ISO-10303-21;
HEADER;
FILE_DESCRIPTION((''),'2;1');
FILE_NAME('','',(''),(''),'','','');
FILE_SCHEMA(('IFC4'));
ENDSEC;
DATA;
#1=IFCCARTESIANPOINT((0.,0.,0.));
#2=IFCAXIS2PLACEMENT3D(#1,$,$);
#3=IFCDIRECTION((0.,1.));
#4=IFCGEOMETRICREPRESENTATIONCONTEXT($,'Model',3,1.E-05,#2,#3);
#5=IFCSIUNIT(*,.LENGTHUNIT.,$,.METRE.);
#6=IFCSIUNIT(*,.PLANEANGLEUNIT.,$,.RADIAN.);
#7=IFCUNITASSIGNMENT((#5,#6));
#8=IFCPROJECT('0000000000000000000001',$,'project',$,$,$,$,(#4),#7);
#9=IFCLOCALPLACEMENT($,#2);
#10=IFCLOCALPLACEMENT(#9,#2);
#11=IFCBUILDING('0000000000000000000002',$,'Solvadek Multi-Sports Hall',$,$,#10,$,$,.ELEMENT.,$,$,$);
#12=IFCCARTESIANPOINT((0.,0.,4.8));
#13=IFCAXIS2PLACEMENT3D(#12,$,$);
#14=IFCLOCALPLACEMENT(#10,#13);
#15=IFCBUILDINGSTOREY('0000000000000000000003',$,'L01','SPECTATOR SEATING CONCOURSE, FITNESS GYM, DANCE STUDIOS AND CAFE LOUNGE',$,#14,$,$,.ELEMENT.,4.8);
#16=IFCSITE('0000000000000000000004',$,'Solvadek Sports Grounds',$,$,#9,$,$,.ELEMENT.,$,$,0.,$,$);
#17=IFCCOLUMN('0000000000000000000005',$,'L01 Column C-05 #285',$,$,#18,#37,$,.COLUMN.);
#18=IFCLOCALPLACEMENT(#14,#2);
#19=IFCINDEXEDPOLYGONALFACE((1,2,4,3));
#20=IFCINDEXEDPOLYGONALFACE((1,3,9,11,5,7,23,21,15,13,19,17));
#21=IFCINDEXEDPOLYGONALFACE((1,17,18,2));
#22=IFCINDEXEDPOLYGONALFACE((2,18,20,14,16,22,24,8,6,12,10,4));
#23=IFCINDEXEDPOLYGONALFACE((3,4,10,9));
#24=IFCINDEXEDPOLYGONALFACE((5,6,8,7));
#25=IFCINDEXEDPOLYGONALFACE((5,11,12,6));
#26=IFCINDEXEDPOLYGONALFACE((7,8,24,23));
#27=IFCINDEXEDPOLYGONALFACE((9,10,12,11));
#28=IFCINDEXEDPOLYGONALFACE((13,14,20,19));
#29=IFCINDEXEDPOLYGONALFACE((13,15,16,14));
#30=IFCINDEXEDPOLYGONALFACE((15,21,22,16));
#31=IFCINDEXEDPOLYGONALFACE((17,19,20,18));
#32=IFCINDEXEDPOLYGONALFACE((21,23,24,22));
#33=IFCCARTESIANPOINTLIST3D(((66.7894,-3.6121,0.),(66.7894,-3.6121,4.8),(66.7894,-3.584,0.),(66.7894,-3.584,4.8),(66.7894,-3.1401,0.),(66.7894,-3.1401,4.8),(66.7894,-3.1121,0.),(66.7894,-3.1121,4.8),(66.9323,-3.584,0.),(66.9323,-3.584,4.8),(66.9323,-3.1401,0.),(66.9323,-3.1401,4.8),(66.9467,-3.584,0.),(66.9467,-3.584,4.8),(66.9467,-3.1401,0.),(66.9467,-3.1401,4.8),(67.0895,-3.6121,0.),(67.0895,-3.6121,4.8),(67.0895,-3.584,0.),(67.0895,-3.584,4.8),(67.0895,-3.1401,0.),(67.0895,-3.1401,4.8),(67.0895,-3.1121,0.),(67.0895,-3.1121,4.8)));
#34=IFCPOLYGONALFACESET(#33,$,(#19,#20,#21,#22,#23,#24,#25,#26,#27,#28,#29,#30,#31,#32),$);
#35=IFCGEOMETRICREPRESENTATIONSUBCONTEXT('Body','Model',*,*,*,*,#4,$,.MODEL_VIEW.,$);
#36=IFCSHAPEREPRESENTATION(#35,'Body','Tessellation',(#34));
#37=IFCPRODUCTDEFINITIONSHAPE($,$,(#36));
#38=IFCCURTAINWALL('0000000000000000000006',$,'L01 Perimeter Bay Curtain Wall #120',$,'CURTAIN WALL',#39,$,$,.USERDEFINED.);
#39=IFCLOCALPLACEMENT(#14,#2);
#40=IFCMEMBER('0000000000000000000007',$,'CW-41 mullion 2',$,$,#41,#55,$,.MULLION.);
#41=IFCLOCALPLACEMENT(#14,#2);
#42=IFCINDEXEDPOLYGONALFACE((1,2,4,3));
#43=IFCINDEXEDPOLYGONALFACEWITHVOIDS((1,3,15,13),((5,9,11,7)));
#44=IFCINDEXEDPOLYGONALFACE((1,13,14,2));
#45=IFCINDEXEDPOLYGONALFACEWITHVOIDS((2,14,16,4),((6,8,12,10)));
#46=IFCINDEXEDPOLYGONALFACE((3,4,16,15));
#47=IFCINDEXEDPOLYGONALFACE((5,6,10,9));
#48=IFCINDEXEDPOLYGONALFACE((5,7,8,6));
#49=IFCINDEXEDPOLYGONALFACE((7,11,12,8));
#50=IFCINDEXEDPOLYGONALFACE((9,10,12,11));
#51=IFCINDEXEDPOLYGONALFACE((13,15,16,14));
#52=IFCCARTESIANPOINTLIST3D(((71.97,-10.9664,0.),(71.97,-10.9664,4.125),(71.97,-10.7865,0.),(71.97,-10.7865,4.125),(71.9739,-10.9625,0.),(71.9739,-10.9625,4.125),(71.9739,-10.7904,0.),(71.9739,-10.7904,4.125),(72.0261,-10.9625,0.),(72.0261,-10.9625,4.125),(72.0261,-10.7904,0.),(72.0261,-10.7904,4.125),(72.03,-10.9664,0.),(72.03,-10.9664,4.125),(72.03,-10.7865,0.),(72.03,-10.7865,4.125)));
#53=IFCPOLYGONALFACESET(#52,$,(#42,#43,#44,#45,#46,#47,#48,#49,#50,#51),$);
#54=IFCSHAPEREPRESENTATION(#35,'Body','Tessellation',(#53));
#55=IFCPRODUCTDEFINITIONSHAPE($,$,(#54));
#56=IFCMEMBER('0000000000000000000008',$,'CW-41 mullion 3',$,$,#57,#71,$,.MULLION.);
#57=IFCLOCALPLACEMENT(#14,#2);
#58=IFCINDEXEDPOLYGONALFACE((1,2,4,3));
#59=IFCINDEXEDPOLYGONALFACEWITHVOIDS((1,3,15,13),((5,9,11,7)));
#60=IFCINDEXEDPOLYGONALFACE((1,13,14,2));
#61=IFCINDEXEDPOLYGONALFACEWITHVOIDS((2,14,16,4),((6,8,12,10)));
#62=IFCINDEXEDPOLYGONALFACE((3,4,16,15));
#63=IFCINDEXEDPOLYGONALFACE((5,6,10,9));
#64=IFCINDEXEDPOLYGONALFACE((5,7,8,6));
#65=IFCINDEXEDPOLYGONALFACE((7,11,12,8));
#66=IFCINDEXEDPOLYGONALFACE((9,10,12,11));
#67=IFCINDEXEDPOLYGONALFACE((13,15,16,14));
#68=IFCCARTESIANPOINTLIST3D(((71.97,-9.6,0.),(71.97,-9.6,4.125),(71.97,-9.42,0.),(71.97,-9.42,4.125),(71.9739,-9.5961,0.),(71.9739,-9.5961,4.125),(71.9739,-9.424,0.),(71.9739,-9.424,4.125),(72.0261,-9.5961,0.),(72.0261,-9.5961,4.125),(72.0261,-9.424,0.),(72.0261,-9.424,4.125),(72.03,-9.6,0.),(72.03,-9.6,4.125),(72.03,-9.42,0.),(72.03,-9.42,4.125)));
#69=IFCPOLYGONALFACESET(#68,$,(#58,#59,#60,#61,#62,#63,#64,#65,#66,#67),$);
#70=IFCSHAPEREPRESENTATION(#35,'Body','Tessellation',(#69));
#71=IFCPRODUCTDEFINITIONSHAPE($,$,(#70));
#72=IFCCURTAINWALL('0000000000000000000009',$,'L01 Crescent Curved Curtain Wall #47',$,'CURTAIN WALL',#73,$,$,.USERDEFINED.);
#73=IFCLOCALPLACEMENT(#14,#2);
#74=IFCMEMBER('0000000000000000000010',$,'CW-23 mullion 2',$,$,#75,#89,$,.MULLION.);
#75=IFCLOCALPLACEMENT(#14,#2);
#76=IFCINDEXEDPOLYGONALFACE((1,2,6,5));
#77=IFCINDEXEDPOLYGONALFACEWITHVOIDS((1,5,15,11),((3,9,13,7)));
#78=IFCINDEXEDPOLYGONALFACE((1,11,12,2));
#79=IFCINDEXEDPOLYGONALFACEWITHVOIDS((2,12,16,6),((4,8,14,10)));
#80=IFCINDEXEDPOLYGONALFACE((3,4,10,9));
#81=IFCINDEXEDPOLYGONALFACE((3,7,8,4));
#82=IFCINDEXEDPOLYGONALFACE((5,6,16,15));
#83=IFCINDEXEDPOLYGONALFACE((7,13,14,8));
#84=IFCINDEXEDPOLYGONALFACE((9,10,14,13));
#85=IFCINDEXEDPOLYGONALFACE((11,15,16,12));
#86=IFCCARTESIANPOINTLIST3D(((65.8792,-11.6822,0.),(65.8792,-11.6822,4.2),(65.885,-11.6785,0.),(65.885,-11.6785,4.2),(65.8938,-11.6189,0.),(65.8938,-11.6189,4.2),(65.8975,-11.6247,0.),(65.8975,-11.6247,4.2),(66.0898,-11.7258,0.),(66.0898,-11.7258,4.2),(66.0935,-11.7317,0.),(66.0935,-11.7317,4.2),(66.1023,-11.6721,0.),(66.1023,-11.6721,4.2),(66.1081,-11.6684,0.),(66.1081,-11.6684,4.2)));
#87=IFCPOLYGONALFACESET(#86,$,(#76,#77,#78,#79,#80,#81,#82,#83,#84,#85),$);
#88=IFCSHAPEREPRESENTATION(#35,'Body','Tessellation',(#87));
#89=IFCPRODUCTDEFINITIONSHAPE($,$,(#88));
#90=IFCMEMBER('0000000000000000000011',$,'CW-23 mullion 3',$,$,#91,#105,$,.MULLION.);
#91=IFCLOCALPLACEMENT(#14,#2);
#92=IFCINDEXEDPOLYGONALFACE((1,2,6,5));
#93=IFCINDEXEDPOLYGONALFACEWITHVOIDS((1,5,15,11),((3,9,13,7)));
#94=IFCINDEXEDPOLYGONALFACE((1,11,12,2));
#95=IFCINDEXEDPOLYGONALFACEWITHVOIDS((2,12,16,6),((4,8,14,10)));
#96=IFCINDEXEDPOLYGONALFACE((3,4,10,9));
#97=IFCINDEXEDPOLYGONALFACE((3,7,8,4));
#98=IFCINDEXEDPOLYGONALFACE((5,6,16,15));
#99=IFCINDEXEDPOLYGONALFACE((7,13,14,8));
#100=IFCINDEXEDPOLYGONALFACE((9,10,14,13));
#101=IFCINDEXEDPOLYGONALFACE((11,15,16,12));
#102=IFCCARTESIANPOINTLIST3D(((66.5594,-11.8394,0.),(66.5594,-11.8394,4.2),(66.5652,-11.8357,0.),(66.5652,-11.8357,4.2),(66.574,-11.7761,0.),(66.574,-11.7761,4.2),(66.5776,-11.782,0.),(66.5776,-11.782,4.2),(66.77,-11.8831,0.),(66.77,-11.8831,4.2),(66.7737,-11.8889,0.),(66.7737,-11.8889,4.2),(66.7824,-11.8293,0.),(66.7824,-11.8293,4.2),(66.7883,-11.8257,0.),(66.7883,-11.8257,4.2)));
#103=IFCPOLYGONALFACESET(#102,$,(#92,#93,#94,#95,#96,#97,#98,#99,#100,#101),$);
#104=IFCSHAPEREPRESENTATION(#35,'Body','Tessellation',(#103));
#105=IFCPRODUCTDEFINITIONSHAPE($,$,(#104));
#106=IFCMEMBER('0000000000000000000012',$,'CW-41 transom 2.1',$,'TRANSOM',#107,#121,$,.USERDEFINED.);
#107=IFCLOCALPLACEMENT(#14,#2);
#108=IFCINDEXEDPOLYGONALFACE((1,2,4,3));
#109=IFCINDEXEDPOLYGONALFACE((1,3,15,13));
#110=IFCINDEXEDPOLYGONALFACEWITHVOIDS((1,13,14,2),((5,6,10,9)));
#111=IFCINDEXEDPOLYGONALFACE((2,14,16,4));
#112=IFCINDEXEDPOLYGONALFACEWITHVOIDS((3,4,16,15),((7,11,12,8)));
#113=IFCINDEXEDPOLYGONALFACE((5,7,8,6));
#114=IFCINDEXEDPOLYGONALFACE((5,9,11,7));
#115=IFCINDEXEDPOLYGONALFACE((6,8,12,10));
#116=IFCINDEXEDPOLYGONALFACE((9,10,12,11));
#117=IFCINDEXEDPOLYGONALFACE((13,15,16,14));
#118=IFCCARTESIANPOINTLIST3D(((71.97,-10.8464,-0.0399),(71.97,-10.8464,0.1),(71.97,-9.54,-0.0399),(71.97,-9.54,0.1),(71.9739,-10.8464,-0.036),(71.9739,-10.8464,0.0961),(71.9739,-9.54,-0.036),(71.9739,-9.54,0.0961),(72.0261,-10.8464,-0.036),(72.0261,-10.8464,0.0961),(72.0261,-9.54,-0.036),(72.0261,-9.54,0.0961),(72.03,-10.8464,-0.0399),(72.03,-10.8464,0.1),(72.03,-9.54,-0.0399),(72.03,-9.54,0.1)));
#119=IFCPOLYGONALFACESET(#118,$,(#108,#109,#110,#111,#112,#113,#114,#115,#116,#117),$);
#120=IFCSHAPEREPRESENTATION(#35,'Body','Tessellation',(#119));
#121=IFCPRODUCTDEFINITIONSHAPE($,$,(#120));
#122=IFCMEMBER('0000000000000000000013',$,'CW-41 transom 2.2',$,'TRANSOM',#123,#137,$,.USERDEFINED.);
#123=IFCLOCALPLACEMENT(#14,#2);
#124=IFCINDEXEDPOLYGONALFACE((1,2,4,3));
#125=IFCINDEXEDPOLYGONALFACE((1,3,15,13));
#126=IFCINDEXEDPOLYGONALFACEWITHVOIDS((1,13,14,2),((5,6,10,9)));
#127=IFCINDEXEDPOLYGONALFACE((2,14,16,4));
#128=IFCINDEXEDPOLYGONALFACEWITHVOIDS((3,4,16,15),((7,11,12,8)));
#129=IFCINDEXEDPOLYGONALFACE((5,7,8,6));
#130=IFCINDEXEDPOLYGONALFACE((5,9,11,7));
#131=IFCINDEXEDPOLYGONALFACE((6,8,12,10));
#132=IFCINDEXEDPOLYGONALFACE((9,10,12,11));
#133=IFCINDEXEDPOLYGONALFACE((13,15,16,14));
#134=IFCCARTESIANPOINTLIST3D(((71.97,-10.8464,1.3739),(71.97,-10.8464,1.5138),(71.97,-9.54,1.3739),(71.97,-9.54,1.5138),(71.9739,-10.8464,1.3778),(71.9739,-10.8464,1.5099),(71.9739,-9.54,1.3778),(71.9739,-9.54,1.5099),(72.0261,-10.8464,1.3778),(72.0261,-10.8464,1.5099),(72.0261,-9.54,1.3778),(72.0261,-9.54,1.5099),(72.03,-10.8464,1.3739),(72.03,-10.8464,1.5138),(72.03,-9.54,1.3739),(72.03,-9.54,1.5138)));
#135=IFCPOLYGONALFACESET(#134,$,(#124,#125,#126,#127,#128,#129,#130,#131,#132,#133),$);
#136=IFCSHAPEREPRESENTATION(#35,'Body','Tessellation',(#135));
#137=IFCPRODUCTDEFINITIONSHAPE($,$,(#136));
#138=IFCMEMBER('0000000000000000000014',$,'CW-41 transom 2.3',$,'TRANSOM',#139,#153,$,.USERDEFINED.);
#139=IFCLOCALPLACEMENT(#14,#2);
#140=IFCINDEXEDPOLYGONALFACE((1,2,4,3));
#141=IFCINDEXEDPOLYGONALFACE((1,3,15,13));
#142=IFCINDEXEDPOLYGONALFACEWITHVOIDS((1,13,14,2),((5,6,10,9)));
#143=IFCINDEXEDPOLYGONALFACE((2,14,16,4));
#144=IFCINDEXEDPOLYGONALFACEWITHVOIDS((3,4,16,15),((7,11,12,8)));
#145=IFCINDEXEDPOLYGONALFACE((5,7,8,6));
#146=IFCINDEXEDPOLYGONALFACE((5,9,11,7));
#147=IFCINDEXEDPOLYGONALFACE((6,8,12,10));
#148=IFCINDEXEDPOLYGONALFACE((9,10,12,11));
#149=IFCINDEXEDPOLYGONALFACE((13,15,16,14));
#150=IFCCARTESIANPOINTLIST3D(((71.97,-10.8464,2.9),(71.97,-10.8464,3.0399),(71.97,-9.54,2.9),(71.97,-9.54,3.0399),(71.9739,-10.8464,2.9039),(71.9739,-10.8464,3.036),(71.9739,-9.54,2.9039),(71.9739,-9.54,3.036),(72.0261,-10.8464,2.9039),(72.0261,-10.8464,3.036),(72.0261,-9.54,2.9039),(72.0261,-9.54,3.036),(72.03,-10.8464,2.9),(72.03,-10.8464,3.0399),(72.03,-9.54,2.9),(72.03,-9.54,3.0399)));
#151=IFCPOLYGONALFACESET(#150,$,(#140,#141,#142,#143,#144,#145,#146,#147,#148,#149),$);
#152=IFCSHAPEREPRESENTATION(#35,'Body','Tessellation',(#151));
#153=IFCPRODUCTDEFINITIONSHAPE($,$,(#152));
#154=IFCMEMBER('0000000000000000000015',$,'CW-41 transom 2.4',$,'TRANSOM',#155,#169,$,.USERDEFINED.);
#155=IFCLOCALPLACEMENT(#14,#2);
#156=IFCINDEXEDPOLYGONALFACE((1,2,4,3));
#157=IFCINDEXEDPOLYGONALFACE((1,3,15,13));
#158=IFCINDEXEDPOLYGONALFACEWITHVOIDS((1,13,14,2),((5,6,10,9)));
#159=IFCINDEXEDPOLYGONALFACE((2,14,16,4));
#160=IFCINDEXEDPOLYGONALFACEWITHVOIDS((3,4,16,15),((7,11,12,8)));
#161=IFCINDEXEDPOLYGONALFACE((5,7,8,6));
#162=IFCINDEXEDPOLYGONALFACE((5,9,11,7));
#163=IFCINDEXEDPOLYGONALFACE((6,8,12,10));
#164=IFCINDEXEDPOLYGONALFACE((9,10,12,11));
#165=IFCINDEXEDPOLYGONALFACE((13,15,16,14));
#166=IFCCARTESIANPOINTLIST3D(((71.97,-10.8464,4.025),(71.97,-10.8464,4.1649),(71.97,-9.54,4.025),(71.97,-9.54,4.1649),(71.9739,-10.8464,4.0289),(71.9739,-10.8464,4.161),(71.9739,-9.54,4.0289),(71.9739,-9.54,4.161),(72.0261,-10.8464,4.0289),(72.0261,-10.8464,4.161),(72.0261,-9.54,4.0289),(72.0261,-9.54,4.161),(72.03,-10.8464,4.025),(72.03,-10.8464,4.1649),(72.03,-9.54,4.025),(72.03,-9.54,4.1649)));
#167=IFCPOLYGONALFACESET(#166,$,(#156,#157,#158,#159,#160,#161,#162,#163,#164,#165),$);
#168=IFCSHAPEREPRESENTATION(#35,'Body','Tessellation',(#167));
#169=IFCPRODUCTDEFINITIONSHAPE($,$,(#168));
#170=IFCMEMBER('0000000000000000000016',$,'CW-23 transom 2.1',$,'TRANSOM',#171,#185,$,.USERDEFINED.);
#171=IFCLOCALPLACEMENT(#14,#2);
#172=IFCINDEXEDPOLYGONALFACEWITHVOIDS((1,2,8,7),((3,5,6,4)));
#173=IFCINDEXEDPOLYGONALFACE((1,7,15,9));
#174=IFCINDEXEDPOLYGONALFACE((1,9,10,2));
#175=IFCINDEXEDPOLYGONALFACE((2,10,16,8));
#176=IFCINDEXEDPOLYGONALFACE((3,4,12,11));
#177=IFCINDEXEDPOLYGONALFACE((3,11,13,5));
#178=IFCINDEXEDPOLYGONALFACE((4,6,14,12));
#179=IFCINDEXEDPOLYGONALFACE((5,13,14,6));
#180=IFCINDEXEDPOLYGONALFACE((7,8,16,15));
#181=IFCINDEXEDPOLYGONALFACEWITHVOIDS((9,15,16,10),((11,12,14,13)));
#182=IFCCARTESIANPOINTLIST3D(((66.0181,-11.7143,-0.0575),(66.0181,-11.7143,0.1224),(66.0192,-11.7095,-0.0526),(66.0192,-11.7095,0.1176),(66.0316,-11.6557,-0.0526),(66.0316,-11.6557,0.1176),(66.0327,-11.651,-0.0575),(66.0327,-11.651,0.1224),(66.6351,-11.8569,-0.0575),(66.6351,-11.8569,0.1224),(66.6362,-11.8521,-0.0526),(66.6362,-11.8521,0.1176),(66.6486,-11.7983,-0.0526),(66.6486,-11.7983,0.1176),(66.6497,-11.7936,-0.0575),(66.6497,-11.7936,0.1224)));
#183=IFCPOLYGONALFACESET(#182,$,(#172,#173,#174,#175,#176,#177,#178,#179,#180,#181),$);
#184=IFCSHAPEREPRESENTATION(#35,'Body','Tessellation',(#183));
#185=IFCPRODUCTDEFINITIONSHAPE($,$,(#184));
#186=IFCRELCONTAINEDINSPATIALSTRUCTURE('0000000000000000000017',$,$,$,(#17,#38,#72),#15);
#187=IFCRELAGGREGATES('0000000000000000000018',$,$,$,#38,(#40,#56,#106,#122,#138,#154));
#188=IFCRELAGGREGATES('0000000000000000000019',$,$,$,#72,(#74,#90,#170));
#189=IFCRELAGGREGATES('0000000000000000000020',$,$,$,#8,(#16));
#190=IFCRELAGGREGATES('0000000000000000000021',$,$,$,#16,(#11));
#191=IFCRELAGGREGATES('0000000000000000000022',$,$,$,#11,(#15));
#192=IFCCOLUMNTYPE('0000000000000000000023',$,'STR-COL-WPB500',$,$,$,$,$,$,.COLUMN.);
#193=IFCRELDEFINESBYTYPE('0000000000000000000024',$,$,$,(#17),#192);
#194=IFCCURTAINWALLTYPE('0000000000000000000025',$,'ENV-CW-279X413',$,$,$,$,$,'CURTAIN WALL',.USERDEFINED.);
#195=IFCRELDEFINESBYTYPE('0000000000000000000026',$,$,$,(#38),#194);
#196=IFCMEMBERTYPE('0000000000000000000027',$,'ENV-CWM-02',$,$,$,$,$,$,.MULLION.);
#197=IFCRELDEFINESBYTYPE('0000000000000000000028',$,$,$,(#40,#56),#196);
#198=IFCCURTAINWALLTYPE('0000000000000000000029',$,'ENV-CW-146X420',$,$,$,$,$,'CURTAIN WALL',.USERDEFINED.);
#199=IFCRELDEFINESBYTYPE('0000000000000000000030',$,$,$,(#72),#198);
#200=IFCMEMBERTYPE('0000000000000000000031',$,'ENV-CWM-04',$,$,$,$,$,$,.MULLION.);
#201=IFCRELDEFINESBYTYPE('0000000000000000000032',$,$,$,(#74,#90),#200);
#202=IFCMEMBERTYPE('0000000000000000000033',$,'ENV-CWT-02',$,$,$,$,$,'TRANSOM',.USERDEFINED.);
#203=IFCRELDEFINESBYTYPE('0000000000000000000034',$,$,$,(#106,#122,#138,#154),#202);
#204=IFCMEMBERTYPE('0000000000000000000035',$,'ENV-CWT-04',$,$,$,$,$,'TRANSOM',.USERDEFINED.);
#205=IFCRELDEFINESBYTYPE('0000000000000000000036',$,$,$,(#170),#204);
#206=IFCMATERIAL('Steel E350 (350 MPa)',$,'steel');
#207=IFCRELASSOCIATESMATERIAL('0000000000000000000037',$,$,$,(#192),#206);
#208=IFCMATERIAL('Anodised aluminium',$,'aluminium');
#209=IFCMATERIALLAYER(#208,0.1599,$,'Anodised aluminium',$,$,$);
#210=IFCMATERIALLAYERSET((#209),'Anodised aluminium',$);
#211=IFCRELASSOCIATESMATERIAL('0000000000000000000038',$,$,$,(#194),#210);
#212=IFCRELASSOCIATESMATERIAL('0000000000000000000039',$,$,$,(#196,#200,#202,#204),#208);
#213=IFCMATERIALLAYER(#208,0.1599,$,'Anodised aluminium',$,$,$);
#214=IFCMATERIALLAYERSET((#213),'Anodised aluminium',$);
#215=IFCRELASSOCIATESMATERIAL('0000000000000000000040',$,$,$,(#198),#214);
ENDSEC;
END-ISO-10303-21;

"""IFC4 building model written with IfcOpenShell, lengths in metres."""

from ifc_helpers import new_model, si_unit, direction, frame, origin, origin_2d, place, context, subcontext, project, spatial, hollow_rectangle, i_section, extrude, material, layer, layer_set, material_profile, profile_set, type_object, element, aggregate, save


model = new_model("IFC4")

# Units and contexts
model_context = context("Model", 3, precision=1e-05, world=origin(), true_north=direction((0.0, 1.0)))
body_context = subcontext(model_context, "Body", "Model", "MODEL_VIEW")
ifc_project = project(units=[si_unit("LENGTHUNIT", "METRE"), si_unit("PLANEANGLEUNIT", "RADIAN")], contexts=[model_context])

# Site, building, storey
site_placement = place(None, origin())
site = spatial("IfcSite", under=ifc_project, at=site_placement, Name="Solvadek Sports Grounds", CompositionType="ELEMENT", RefElevation=0.0)
building_placement = place(site_placement, origin())
building = spatial("IfcBuilding", under=site, at=building_placement, Name="Solvadek Multi-Sports Hall", CompositionType="ELEMENT")
storey_placement = place(building_placement, frame((0.0, 0.0, 4.8)))
storey = spatial("IfcBuildingStorey", under=building, at=storey_placement, Name="L01", Description="SPECTATOR SEATING CONCOURSE, FITNESS GYM, DANCE STUDIOS AND CAFE LOUNGE", CompositionType="ELEMENT", Elevation=4.8)

# Column
ifc_material_1 = material(Name="Steel E350 (350 MPa)", Category="steel")
ifc_material_profile_1 = material_profile(ifc_material_1, i_section(OverallWidth=0.3, OverallDepth=0.5, WebThickness=0.0144, FlangeThickness=0.0281, at=origin_2d()), Name="WPB 500")
ifc_profile_set_1 = profile_set([ifc_material_profile_1], Name="Steel E350 (350 MPa)")
column_type = type_object("IfcColumnType", Name="STR-COL-WPB500", PredefinedType="COLUMN", material=ifc_profile_set_1)
column_placement = place(storey_placement, frame((66.9395, -3.3621, 0.0), z_axis=(0.0, 0.0, 1.0), x_axis=(1.0, 0.0, 0.0)))
element("IfcColumn", 1, at=column_placement, inside=storey, type_object=column_type, Name="L01 Column C-05 #285", PredefinedType="COLUMN", context=body_context, shape_type="SweptSolid", body=[
    extrude(i_section(OverallWidth=0.3, OverallDepth=0.5, WebThickness=0.0144, FlangeThickness=0.0281, at=origin_2d()), origin(), (0.0, 0.0, 1.0), 4.8),
])

# Curtain walls, members
ifc_material_2 = material(Name="Anodised aluminium", Category="aluminium")
ifc_layer_1 = layer(ifc_material_2, 0.1599, Name="Anodised aluminium")
ifc_layer_set_1 = layer_set([ifc_layer_1], Name="Anodised aluminium")
curtain_wall_type_1 = type_object("IfcCurtainWallType", Name="ENV-CW-279X413", ElementType="CURTAIN WALL", PredefinedType="USERDEFINED", material=ifc_layer_set_1)
curtain_wall_1_placement = place(storey_placement, origin())
curtain_wall_1 = element("IfcCurtainWall", 2, at=curtain_wall_1_placement, inside=storey, type_object=curtain_wall_type_1, Name="L01 Perimeter Bay Curtain Wall #120", ObjectType="CURTAIN WALL", PredefinedType="USERDEFINED")
ifc_material_profile_2 = material_profile(ifc_material_2, hollow_rectangle(XDim=0.0601, YDim=0.1799, WallThickness=0.0039, at=origin_2d()), Name="ALU-M 180x60x4")
ifc_profile_set_2 = profile_set([ifc_material_profile_2], Name="Anodised aluminium")
member_type_1 = type_object("IfcMemberType", Name="ENV-CWM-02", PredefinedType="MULLION", material=ifc_profile_set_2)
member_1_placement = place(storey_placement, frame((72.0, -10.8765, 0.0), z_axis=(0.0, 0.0, 1.0), x_axis=(-1.0, 0.0, 0.0)))
member_1 = element("IfcMember", 3, at=member_1_placement, type_object=member_type_1, Name="CW-41 mullion 2", PredefinedType="MULLION", context=body_context, shape_type="SweptSolid", body=[
    extrude(hollow_rectangle(XDim=0.0601, YDim=0.1799, WallThickness=0.0039, at=origin_2d()), origin(), (0.0, 0.0, 1.0), 4.125),
])
member_2_placement = place(storey_placement, frame((72.0, -9.51, 0.0), z_axis=(0.0, 0.0, 1.0), x_axis=(-1.0, 0.0, 0.0)))
member_2 = element("IfcMember", 4, at=member_2_placement, type_object=member_type_1, Name="CW-41 mullion 3", PredefinedType="MULLION", context=body_context, shape_type="SweptSolid", body=[
    extrude(hollow_rectangle(XDim=0.0601, YDim=0.1799, WallThickness=0.0039, at=origin_2d()), origin(), (0.0, 0.0, 1.0), 4.125),
])
ifc_layer_2 = layer(ifc_material_2, 0.1599, Name="Anodised aluminium")
ifc_layer_set_2 = layer_set([ifc_layer_2], Name="Anodised aluminium")
curtain_wall_type_2 = type_object("IfcCurtainWallType", Name="ENV-CW-146X420", ElementType="CURTAIN WALL", PredefinedType="USERDEFINED", material=ifc_layer_set_2)
curtain_wall_2_placement = place(storey_placement, origin())
curtain_wall_2 = element("IfcCurtainWall", 5, at=curtain_wall_2_placement, inside=storey, type_object=curtain_wall_type_2, Name="L01 Crescent Curved Curtain Wall #47", ObjectType="CURTAIN WALL", PredefinedType="USERDEFINED")
ifc_material_profile_3 = material_profile(ifc_material_2, hollow_rectangle(XDim=0.0649, YDim=0.22, WallThickness=0.0049, at=origin_2d()), Name="ALU-M 220x65x5")
ifc_profile_set_3 = profile_set([ifc_material_profile_3], Name="Anodised aluminium")
member_type_2 = type_object("IfcMemberType", Name="ENV-CWM-04", PredefinedType="MULLION", material=ifc_profile_set_3)
member_3_placement = place(storey_placement, frame((65.9937, -11.6753, 0.0), z_axis=(0.0, 0.0, 1.0), x_axis=(0.225189, 0.974315, 0.0)))
member_3 = element("IfcMember", 6, at=member_3_placement, type_object=member_type_2, Name="CW-23 mullion 2", PredefinedType="MULLION", context=body_context, shape_type="SweptSolid", body=[
    extrude(hollow_rectangle(XDim=0.0649, YDim=0.22, WallThickness=0.0049, at=origin_2d()), origin(), (0.0, 0.0, 1.0), 4.2),
])
member_4_placement = place(storey_placement, frame((66.6738, -11.8325, 0.0), z_axis=(0.0, 0.0, 1.0), x_axis=(0.225189, 0.974315, 0.0)))
member_4 = element("IfcMember", 7, at=member_4_placement, type_object=member_type_2, Name="CW-23 mullion 3", PredefinedType="MULLION", context=body_context, shape_type="SweptSolid", body=[
    extrude(hollow_rectangle(XDim=0.0649, YDim=0.22, WallThickness=0.0049, at=origin_2d()), origin(), (0.0, 0.0, 1.0), 4.2),
])

# Members
ifc_material_profile_4 = material_profile(ifc_material_2, hollow_rectangle(XDim=0.0601, YDim=0.1399, WallThickness=0.0039, at=origin_2d()), Name="ALU-T 140x60x4")
ifc_profile_set_4 = profile_set([ifc_material_profile_4], Name="Anodised aluminium")
member_type_3 = type_object("IfcMemberType", Name="ENV-CWT-02", ElementType="TRANSOM", PredefinedType="USERDEFINED", material=ifc_profile_set_4)
member_5_placement = place(storey_placement, frame((72.0, -10.8464, 0.03), z_axis=(0.0, 1.0, 0.0), x_axis=(-1.0, 0.0, 0.0)))
member_5 = element("IfcMember", 8, at=member_5_placement, type_object=member_type_3, Name="CW-41 transom 2.1", ObjectType="TRANSOM", PredefinedType="USERDEFINED", context=body_context, shape_type="SweptSolid", body=[
    extrude(hollow_rectangle(XDim=0.0601, YDim=0.1399, WallThickness=0.0039, at=origin_2d()), origin(), (0.0, 0.0, 1.0), 1.3064),
])
member_6_placement = place(storey_placement, frame((72.0, -10.8464, 1.4438), z_axis=(0.0, 1.0, 0.0), x_axis=(-1.0, 0.0, 0.0)))
member_6 = element("IfcMember", 9, at=member_6_placement, type_object=member_type_3, Name="CW-41 transom 2.2", ObjectType="TRANSOM", PredefinedType="USERDEFINED", context=body_context, shape_type="SweptSolid", body=[
    extrude(hollow_rectangle(XDim=0.0601, YDim=0.1399, WallThickness=0.0039, at=origin_2d()), origin(), (0.0, 0.0, 1.0), 1.3064),
])
member_7_placement = place(storey_placement, frame((72.0, -10.8464, 2.97), z_axis=(0.0, 1.0, 0.0), x_axis=(-1.0, 0.0, 0.0)))
member_7 = element("IfcMember", 10, at=member_7_placement, type_object=member_type_3, Name="CW-41 transom 2.3", ObjectType="TRANSOM", PredefinedType="USERDEFINED", context=body_context, shape_type="SweptSolid", body=[
    extrude(hollow_rectangle(XDim=0.0601, YDim=0.1399, WallThickness=0.0039, at=origin_2d()), origin(), (0.0, 0.0, 1.0), 1.3064),
])
member_8_placement = place(storey_placement, frame((72.0, -10.8464, 4.095), z_axis=(0.0, 1.0, 0.0), x_axis=(-1.0, 0.0, 0.0)))
member_8 = element("IfcMember", 11, at=member_8_placement, type_object=member_type_3, Name="CW-41 transom 2.4", ObjectType="TRANSOM", PredefinedType="USERDEFINED", context=body_context, shape_type="SweptSolid", body=[
    extrude(hollow_rectangle(XDim=0.0601, YDim=0.1399, WallThickness=0.0039, at=origin_2d()), origin(), (0.0, 0.0, 1.0), 1.3064),
])
ifc_material_profile_5 = material_profile(ifc_material_2, hollow_rectangle(XDim=0.0649, YDim=0.1799, WallThickness=0.0049, at=origin_2d()), Name="ALU-T 180x65x5")
ifc_profile_set_5 = profile_set([ifc_material_profile_5], Name="Anodised aluminium")
member_type_4 = type_object("IfcMemberType", Name="ENV-CWT-04", ElementType="TRANSOM", PredefinedType="USERDEFINED", material=ifc_profile_set_5)
member_9_placement = place(storey_placement, frame((66.0254, -11.6826, 0.0325), z_axis=(0.97432, -0.225169, 0.0), x_axis=(0.225169, 0.97432, 0.0)))
member_9 = element("IfcMember", 12, at=member_9_placement, type_object=member_type_4, Name="CW-23 transom 2.1", ObjectType="TRANSOM", PredefinedType="USERDEFINED", context=body_context, shape_type="SweptSolid", body=[
    extrude(hollow_rectangle(XDim=0.0649, YDim=0.1799, WallThickness=0.0049, at=origin_2d()), origin(), (0.0, 0.0, 1.0), 0.6333),
])

aggregate(curtain_wall_1, [member_1, member_2, member_5, member_6, member_7, member_8])
aggregate(curtain_wall_2, [member_3, member_4, member_9])

save(model, "model.ifc")
